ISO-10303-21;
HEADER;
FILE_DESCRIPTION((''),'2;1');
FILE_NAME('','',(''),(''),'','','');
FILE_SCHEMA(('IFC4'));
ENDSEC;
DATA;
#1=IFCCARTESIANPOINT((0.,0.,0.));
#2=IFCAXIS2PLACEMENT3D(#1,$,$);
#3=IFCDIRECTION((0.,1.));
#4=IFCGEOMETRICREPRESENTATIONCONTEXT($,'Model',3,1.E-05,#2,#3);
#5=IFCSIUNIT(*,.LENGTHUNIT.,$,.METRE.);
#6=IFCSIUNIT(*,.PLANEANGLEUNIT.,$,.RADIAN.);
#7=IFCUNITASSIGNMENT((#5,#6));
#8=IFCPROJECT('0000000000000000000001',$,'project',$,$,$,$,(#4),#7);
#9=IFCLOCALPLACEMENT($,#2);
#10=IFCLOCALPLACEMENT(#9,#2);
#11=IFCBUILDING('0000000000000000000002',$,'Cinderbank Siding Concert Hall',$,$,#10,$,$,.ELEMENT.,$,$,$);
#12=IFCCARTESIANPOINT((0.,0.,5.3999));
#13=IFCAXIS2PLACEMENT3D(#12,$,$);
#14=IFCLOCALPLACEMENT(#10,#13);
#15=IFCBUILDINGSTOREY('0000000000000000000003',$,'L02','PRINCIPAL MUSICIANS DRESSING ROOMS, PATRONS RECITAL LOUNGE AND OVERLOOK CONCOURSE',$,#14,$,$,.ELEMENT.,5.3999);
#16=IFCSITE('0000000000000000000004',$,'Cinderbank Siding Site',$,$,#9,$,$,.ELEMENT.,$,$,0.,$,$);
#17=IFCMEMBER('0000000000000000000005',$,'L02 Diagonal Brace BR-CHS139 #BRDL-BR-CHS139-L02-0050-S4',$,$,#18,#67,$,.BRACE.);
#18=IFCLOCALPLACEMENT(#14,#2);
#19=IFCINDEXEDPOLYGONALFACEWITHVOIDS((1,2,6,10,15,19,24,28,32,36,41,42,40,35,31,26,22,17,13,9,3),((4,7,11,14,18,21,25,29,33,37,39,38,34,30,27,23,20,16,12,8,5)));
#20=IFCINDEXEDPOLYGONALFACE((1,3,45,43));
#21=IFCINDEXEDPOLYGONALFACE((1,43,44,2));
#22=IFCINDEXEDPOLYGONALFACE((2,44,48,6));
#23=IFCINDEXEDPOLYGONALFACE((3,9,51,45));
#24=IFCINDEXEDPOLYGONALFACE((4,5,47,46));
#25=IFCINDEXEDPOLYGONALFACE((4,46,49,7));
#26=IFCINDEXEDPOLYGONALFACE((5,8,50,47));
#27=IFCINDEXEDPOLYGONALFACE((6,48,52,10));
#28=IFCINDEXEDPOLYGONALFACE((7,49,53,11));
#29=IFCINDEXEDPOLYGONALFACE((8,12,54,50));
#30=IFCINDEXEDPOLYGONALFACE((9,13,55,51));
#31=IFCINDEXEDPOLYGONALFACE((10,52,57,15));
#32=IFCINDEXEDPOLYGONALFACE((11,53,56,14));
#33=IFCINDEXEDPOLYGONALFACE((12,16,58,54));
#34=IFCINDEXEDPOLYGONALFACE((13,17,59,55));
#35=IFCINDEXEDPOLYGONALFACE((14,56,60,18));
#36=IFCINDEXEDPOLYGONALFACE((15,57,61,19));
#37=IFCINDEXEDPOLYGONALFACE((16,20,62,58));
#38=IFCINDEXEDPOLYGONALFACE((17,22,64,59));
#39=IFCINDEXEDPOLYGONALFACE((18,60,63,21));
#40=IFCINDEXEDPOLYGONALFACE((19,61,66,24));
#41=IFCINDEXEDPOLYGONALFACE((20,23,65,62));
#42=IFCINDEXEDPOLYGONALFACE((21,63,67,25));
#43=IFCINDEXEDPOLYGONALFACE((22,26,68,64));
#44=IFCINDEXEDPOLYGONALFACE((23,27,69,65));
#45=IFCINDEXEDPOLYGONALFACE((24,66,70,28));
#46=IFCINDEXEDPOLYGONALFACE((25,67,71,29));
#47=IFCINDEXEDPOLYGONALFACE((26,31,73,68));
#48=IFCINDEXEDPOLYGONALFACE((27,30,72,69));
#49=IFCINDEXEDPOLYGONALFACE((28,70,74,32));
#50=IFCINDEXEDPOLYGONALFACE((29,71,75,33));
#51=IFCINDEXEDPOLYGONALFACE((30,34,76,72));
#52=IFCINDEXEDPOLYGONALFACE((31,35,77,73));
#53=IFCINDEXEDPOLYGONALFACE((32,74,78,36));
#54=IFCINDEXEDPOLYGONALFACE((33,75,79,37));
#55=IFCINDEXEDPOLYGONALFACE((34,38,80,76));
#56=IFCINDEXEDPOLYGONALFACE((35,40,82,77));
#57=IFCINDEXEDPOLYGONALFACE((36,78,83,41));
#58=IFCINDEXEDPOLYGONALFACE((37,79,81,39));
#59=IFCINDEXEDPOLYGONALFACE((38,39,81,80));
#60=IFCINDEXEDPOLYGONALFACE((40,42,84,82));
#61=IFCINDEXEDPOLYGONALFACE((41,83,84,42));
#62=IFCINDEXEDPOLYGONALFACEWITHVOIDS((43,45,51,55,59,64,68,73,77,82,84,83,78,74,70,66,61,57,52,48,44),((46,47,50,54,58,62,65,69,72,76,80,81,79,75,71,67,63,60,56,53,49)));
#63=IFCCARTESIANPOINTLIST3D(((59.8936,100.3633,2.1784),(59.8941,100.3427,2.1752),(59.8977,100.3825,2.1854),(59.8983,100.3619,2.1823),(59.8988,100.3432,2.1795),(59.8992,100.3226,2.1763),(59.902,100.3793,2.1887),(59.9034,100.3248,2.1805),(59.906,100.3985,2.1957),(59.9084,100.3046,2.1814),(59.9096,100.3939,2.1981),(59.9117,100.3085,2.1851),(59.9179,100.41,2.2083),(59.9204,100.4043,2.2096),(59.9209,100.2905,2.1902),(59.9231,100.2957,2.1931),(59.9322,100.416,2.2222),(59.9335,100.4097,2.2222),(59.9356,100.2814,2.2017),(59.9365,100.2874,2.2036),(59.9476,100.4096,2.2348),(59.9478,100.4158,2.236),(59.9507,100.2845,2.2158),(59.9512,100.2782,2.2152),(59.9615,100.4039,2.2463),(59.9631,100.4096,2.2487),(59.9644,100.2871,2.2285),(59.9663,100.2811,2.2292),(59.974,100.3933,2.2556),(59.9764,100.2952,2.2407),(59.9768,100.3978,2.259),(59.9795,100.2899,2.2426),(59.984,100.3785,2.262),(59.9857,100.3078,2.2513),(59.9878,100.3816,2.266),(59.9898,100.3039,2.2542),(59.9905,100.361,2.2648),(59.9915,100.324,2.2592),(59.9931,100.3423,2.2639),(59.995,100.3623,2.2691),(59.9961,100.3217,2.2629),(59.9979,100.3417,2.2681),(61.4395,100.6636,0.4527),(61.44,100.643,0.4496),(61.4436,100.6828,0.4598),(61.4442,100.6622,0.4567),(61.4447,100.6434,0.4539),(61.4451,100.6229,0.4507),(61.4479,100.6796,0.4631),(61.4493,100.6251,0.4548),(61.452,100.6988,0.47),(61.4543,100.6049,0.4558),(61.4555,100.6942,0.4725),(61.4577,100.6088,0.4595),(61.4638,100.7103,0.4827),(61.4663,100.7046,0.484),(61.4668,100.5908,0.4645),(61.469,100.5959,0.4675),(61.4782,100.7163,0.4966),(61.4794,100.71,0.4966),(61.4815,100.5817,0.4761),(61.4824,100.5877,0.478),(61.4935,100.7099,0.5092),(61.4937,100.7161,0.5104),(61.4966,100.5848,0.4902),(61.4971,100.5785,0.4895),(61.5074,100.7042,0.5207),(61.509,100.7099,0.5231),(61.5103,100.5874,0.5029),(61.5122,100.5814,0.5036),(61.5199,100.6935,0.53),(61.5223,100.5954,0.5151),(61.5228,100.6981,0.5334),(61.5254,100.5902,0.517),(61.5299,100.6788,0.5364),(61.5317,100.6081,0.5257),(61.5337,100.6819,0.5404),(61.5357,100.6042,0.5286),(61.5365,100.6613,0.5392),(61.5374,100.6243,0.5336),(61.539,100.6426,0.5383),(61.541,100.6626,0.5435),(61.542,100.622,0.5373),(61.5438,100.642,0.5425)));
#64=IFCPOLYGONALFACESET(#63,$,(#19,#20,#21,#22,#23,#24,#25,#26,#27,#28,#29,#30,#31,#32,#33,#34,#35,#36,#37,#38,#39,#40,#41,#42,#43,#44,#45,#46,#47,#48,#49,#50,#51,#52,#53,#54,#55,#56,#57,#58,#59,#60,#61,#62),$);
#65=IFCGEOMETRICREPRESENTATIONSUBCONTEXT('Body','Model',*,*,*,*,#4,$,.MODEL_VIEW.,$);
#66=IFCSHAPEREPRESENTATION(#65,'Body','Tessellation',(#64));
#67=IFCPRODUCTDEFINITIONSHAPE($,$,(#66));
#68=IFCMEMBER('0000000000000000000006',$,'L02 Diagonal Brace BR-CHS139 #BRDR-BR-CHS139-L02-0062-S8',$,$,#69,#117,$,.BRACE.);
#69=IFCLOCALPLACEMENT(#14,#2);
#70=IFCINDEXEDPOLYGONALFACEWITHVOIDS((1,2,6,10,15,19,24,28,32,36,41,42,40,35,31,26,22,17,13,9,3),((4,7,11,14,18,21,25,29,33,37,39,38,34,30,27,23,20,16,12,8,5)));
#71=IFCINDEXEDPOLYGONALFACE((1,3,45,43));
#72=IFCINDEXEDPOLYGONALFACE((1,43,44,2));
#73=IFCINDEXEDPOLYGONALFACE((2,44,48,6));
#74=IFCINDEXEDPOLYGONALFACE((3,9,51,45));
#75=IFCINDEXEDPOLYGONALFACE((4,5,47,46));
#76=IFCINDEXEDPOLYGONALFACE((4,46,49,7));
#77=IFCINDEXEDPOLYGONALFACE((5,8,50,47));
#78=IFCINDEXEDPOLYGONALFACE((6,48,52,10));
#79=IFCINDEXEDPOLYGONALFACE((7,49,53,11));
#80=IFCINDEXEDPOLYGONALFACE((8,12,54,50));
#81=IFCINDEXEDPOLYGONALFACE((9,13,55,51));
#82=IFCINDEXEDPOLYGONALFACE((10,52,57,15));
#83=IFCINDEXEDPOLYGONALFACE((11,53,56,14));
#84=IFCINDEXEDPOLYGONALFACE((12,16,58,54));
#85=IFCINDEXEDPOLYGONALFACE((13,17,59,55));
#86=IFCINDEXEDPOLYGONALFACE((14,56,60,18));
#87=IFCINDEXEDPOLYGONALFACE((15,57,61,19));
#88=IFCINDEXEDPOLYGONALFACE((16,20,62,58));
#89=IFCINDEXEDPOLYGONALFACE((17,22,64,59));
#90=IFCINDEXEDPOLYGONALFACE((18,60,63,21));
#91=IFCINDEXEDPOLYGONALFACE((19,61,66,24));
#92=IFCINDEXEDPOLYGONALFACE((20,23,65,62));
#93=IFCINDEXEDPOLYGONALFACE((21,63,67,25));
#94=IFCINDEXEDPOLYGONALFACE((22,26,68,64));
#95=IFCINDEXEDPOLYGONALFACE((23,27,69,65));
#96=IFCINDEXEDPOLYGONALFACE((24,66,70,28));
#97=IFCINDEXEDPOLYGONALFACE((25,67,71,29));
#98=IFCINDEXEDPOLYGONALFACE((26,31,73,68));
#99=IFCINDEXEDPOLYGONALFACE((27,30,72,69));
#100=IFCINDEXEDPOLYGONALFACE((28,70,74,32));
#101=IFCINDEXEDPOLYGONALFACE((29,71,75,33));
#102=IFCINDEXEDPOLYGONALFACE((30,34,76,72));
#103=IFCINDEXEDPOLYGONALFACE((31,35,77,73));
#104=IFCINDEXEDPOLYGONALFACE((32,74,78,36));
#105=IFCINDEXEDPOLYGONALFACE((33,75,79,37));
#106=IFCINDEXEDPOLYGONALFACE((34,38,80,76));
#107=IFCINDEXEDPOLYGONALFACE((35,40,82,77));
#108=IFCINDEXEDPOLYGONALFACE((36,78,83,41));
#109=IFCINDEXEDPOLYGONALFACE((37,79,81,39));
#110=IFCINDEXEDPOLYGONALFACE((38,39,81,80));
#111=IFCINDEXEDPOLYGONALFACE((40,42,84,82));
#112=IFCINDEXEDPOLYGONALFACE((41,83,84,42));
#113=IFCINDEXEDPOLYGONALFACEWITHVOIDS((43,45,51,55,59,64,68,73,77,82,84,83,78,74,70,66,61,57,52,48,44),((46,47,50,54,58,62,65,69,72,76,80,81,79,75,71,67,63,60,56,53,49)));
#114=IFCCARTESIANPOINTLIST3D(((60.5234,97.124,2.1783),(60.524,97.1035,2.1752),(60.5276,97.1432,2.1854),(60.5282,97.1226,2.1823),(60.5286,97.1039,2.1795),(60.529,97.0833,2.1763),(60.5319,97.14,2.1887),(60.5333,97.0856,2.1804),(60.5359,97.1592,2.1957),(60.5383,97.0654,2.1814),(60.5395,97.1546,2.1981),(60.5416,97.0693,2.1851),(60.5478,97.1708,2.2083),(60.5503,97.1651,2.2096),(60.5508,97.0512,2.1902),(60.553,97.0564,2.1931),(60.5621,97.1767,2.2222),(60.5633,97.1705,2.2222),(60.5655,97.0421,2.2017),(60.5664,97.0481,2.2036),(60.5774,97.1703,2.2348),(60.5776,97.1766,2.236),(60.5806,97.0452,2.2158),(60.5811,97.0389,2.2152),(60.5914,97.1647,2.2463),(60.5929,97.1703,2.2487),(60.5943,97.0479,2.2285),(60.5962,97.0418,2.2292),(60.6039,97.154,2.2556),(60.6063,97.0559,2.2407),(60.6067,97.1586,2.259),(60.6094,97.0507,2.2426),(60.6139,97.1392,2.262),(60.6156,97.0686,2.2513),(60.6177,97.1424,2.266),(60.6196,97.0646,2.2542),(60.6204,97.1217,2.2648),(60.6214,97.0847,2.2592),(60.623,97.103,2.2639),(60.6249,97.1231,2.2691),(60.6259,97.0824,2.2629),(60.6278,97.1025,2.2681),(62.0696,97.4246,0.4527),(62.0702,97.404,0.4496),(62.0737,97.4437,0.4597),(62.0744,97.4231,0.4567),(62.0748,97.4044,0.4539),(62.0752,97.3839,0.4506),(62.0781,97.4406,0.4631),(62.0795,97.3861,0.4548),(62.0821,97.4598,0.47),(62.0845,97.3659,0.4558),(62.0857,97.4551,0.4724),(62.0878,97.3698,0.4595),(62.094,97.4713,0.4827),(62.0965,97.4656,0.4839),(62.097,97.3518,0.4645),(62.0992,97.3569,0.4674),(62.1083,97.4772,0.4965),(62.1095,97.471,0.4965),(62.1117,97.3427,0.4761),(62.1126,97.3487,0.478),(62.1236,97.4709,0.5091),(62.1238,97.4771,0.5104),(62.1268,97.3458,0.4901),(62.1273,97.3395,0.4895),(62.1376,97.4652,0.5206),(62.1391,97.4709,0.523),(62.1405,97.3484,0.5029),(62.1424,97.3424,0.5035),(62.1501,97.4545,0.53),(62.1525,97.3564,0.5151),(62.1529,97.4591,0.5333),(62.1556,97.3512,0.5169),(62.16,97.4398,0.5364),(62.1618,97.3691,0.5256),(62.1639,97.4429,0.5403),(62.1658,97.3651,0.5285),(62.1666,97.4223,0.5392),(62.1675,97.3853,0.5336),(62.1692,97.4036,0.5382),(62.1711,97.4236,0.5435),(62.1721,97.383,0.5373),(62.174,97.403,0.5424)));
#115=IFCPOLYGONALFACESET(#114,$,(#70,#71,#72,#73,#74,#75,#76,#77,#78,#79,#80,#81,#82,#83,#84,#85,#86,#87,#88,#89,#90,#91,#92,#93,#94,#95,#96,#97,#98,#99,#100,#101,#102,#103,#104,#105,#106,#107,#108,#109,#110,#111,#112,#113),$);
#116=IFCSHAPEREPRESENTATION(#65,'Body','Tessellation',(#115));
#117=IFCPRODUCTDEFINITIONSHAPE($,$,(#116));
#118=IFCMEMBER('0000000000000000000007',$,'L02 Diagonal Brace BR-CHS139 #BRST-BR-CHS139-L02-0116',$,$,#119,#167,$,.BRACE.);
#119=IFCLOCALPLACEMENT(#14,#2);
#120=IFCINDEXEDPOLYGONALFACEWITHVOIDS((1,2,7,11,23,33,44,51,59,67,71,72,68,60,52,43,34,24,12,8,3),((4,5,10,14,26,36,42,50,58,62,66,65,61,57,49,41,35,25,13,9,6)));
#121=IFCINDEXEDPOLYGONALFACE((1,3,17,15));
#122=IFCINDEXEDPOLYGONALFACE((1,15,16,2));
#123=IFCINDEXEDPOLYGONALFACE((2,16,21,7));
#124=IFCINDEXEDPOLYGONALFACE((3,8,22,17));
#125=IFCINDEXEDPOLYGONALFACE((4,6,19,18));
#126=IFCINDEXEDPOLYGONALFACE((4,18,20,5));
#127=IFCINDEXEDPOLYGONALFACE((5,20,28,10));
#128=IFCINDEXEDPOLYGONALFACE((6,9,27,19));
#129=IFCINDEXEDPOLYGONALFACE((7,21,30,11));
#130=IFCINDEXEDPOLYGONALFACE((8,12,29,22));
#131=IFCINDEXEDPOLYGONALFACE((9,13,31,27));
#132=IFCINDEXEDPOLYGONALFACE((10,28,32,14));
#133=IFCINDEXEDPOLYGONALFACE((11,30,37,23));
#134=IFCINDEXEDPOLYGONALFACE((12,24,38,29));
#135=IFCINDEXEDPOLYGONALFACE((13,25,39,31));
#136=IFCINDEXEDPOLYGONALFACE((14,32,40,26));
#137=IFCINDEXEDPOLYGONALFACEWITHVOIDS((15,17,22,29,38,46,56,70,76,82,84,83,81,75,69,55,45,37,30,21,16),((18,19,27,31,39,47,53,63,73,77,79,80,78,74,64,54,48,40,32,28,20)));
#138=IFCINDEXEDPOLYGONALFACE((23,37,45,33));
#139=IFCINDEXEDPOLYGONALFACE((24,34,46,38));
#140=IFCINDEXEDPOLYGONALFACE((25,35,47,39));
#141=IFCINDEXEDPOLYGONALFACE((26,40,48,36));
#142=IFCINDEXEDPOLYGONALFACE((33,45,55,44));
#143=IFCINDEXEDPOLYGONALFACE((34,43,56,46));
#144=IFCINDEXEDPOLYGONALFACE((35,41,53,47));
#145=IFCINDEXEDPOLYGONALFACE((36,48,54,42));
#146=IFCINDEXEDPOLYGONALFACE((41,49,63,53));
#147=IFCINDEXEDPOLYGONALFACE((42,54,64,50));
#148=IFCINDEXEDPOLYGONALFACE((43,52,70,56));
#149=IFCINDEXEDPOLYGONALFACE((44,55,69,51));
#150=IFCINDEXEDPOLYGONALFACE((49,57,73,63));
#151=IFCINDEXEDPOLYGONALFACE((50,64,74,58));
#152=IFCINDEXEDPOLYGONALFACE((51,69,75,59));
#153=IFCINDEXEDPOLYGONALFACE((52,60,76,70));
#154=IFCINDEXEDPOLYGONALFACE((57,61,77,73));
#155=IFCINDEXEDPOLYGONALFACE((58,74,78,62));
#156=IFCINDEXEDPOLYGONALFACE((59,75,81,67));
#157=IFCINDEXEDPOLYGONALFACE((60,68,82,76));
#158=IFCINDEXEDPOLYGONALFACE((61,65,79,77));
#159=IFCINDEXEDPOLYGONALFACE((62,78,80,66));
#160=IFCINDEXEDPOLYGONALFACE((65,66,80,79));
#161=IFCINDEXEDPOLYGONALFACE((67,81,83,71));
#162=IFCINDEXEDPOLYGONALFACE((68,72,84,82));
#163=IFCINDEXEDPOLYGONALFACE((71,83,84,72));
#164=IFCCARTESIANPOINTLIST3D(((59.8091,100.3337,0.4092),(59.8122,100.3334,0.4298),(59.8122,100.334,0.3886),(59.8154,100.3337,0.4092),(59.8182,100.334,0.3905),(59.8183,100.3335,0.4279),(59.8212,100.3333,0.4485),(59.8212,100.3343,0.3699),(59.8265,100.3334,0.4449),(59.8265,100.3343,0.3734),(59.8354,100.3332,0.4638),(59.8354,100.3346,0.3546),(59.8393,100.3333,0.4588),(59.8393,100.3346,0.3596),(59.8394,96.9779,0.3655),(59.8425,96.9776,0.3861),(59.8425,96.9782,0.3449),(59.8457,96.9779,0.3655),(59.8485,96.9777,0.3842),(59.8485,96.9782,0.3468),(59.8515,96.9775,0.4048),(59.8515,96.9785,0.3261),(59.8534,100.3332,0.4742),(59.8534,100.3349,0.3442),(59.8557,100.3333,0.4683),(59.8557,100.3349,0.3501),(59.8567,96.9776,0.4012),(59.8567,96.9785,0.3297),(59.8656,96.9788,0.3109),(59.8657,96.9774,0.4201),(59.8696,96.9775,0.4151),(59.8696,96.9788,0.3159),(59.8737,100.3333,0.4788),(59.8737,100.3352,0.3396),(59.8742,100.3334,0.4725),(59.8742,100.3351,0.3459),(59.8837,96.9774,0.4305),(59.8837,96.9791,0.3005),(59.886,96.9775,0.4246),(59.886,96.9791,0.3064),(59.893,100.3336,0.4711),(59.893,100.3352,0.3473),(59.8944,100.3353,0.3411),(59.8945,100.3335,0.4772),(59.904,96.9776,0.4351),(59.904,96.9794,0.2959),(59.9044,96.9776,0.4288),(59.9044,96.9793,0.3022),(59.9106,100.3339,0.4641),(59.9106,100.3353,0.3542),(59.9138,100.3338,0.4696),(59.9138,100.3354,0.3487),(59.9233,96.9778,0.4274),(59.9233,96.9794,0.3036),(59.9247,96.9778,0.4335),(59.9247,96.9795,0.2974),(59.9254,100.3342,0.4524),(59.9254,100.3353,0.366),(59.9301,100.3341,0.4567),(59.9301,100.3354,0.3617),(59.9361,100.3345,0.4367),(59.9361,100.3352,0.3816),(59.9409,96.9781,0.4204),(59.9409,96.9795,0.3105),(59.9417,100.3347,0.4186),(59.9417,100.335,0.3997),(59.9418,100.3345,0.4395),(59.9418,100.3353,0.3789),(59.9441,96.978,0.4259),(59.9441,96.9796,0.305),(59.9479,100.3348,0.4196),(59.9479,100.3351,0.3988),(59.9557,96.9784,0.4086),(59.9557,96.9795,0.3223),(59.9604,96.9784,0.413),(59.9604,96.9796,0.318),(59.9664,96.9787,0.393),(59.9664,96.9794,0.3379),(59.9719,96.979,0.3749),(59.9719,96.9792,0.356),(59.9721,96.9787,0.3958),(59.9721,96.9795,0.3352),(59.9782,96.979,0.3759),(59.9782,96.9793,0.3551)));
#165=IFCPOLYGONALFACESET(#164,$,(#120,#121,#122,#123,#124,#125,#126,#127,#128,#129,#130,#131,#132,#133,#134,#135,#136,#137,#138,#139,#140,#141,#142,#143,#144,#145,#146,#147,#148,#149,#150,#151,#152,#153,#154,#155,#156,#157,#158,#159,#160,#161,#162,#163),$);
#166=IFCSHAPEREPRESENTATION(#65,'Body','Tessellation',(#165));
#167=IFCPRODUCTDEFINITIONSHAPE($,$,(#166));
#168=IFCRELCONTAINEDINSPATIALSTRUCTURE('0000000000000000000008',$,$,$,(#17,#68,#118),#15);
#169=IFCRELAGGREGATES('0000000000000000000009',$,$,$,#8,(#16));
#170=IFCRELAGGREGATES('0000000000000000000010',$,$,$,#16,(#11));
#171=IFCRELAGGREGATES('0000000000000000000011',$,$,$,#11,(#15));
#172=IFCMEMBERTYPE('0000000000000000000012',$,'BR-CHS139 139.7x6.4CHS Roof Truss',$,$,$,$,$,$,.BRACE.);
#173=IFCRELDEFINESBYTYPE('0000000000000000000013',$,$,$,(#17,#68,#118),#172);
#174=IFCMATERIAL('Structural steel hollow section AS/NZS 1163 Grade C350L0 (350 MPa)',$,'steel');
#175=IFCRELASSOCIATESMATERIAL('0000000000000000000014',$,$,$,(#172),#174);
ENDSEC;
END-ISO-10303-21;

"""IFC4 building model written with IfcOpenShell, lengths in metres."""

from ifc_helpers import new_model, si_unit, direction, frame, origin, origin_2d, place, context, subcontext, project, spatial, hollow_circle, extrude, material, material_profile, profile_set, type_object, element, save


model = new_model("IFC4")

# Units and contexts
model_context = context("Model", 3, precision=1e-05, world=origin(), true_north=direction((0.0, 1.0)))
body_context = subcontext(model_context, "Body", "Model", "MODEL_VIEW")
ifc_project = project(units=[si_unit("LENGTHUNIT", "METRE"), si_unit("PLANEANGLEUNIT", "RADIAN")], contexts=[model_context])

# Site, building, storey
site_placement = place(None, origin())
site = spatial("IfcSite", under=ifc_project, at=site_placement, Name="Cinderbank Siding Site", CompositionType="ELEMENT", RefElevation=0.0)
building_placement = place(site_placement, origin())
building = spatial("IfcBuilding", under=site, at=building_placement, Name="Cinderbank Siding Concert Hall", CompositionType="ELEMENT")
storey_placement = place(building_placement, frame((0.0, 0.0, 5.3999)))
storey = spatial("IfcBuildingStorey", under=building, at=storey_placement, Name="L02", Description="PRINCIPAL MUSICIANS DRESSING ROOMS, PATRONS RECITAL LOUNGE AND OVERLOOK CONCOURSE", CompositionType="ELEMENT", Elevation=5.3999)

# Members
ifc_material_1 = material(Name="Structural steel hollow section AS/NZS 1163 Grade C350L0 (350 MPa)", Category="steel")
ifc_material_profile_1 = material_profile(ifc_material_1, hollow_circle(Radius=0.0698, WallThickness=0.0063, at=origin_2d()), Name="139.7x6.4CHS", Category="LoadBearing")
ifc_profile_set_1 = profile_set([ifc_material_profile_1], Name="Structural steel hollow section AS/NZS 1163 Grade C350L0 (350 MPa)")
member_type_1 = type_object("IfcMemberType", Name="BR-CHS139 139.7x6.4CHS Roof Truss", PredefinedType="BRACE", material=ifc_profile_set_1)
member_1_placement = place(storey_placement, frame((59.9456, 100.3474, 2.2222), z_axis=(0.661727, 0.128541, -0.738643), x_axis=(-0.190687, 0.981651, 0.0)))
element("IfcMember", 1, at=member_1_placement, inside=storey, type_object=member_type_1, Name="L02 Diagonal Brace BR-CHS139 #BRDL-BR-CHS139-L02-0050-S4", PredefinedType="BRACE", context=body_context, shape_type="SweptSolid", body=[
    extrude(hollow_circle(Radius=0.0698, WallThickness=0.0063, at=origin_2d()), origin(), (0.0, 0.0, 1.0), 2.3362),
])
member_2_placement = place(storey_placement, frame((60.5754, 97.1082, 2.2222), z_axis=(0.661777, 0.128635, -0.738582), x_axis=(-0.190807, 0.981627, 0.0)))
element("IfcMember", 2, at=member_2_placement, inside=storey, type_object=member_type_1, Name="L02 Diagonal Brace BR-CHS139 #BRDR-BR-CHS139-L02-0062-S8", PredefinedType="BRACE", context=body_context, shape_type="SweptSolid", body=[
    extrude(hollow_circle(Radius=0.0698, WallThickness=0.0063, at=origin_2d()), origin(), (0.0, 0.0, 1.0), 2.3364),
])
for number, where, z_axis, x_axis, name in (
    (3, (59.9092, 96.9785, 0.3655), (-0.00902, 0.999875, 0.013021), (-0.999959, -0.009021, 0.0), "L02 Diagonal Brace BR-CHS139 #BRST-BR-CHS139-L02-0116"),
):
    element("IfcMember", number, at=place(storey_placement, frame(where, z_axis=z_axis, x_axis=x_axis)), inside=storey, type_object=member_type_1, Name=name, PredefinedType="BRACE", context=body_context, shape_type="SweptSolid", body=[
        extrude(hollow_circle(Radius=0.0698, WallThickness=0.0063, at=origin_2d()), origin(), (0.0, 0.0, 1.0), 3.3562),
    ])

save(model, "model.ifc")
